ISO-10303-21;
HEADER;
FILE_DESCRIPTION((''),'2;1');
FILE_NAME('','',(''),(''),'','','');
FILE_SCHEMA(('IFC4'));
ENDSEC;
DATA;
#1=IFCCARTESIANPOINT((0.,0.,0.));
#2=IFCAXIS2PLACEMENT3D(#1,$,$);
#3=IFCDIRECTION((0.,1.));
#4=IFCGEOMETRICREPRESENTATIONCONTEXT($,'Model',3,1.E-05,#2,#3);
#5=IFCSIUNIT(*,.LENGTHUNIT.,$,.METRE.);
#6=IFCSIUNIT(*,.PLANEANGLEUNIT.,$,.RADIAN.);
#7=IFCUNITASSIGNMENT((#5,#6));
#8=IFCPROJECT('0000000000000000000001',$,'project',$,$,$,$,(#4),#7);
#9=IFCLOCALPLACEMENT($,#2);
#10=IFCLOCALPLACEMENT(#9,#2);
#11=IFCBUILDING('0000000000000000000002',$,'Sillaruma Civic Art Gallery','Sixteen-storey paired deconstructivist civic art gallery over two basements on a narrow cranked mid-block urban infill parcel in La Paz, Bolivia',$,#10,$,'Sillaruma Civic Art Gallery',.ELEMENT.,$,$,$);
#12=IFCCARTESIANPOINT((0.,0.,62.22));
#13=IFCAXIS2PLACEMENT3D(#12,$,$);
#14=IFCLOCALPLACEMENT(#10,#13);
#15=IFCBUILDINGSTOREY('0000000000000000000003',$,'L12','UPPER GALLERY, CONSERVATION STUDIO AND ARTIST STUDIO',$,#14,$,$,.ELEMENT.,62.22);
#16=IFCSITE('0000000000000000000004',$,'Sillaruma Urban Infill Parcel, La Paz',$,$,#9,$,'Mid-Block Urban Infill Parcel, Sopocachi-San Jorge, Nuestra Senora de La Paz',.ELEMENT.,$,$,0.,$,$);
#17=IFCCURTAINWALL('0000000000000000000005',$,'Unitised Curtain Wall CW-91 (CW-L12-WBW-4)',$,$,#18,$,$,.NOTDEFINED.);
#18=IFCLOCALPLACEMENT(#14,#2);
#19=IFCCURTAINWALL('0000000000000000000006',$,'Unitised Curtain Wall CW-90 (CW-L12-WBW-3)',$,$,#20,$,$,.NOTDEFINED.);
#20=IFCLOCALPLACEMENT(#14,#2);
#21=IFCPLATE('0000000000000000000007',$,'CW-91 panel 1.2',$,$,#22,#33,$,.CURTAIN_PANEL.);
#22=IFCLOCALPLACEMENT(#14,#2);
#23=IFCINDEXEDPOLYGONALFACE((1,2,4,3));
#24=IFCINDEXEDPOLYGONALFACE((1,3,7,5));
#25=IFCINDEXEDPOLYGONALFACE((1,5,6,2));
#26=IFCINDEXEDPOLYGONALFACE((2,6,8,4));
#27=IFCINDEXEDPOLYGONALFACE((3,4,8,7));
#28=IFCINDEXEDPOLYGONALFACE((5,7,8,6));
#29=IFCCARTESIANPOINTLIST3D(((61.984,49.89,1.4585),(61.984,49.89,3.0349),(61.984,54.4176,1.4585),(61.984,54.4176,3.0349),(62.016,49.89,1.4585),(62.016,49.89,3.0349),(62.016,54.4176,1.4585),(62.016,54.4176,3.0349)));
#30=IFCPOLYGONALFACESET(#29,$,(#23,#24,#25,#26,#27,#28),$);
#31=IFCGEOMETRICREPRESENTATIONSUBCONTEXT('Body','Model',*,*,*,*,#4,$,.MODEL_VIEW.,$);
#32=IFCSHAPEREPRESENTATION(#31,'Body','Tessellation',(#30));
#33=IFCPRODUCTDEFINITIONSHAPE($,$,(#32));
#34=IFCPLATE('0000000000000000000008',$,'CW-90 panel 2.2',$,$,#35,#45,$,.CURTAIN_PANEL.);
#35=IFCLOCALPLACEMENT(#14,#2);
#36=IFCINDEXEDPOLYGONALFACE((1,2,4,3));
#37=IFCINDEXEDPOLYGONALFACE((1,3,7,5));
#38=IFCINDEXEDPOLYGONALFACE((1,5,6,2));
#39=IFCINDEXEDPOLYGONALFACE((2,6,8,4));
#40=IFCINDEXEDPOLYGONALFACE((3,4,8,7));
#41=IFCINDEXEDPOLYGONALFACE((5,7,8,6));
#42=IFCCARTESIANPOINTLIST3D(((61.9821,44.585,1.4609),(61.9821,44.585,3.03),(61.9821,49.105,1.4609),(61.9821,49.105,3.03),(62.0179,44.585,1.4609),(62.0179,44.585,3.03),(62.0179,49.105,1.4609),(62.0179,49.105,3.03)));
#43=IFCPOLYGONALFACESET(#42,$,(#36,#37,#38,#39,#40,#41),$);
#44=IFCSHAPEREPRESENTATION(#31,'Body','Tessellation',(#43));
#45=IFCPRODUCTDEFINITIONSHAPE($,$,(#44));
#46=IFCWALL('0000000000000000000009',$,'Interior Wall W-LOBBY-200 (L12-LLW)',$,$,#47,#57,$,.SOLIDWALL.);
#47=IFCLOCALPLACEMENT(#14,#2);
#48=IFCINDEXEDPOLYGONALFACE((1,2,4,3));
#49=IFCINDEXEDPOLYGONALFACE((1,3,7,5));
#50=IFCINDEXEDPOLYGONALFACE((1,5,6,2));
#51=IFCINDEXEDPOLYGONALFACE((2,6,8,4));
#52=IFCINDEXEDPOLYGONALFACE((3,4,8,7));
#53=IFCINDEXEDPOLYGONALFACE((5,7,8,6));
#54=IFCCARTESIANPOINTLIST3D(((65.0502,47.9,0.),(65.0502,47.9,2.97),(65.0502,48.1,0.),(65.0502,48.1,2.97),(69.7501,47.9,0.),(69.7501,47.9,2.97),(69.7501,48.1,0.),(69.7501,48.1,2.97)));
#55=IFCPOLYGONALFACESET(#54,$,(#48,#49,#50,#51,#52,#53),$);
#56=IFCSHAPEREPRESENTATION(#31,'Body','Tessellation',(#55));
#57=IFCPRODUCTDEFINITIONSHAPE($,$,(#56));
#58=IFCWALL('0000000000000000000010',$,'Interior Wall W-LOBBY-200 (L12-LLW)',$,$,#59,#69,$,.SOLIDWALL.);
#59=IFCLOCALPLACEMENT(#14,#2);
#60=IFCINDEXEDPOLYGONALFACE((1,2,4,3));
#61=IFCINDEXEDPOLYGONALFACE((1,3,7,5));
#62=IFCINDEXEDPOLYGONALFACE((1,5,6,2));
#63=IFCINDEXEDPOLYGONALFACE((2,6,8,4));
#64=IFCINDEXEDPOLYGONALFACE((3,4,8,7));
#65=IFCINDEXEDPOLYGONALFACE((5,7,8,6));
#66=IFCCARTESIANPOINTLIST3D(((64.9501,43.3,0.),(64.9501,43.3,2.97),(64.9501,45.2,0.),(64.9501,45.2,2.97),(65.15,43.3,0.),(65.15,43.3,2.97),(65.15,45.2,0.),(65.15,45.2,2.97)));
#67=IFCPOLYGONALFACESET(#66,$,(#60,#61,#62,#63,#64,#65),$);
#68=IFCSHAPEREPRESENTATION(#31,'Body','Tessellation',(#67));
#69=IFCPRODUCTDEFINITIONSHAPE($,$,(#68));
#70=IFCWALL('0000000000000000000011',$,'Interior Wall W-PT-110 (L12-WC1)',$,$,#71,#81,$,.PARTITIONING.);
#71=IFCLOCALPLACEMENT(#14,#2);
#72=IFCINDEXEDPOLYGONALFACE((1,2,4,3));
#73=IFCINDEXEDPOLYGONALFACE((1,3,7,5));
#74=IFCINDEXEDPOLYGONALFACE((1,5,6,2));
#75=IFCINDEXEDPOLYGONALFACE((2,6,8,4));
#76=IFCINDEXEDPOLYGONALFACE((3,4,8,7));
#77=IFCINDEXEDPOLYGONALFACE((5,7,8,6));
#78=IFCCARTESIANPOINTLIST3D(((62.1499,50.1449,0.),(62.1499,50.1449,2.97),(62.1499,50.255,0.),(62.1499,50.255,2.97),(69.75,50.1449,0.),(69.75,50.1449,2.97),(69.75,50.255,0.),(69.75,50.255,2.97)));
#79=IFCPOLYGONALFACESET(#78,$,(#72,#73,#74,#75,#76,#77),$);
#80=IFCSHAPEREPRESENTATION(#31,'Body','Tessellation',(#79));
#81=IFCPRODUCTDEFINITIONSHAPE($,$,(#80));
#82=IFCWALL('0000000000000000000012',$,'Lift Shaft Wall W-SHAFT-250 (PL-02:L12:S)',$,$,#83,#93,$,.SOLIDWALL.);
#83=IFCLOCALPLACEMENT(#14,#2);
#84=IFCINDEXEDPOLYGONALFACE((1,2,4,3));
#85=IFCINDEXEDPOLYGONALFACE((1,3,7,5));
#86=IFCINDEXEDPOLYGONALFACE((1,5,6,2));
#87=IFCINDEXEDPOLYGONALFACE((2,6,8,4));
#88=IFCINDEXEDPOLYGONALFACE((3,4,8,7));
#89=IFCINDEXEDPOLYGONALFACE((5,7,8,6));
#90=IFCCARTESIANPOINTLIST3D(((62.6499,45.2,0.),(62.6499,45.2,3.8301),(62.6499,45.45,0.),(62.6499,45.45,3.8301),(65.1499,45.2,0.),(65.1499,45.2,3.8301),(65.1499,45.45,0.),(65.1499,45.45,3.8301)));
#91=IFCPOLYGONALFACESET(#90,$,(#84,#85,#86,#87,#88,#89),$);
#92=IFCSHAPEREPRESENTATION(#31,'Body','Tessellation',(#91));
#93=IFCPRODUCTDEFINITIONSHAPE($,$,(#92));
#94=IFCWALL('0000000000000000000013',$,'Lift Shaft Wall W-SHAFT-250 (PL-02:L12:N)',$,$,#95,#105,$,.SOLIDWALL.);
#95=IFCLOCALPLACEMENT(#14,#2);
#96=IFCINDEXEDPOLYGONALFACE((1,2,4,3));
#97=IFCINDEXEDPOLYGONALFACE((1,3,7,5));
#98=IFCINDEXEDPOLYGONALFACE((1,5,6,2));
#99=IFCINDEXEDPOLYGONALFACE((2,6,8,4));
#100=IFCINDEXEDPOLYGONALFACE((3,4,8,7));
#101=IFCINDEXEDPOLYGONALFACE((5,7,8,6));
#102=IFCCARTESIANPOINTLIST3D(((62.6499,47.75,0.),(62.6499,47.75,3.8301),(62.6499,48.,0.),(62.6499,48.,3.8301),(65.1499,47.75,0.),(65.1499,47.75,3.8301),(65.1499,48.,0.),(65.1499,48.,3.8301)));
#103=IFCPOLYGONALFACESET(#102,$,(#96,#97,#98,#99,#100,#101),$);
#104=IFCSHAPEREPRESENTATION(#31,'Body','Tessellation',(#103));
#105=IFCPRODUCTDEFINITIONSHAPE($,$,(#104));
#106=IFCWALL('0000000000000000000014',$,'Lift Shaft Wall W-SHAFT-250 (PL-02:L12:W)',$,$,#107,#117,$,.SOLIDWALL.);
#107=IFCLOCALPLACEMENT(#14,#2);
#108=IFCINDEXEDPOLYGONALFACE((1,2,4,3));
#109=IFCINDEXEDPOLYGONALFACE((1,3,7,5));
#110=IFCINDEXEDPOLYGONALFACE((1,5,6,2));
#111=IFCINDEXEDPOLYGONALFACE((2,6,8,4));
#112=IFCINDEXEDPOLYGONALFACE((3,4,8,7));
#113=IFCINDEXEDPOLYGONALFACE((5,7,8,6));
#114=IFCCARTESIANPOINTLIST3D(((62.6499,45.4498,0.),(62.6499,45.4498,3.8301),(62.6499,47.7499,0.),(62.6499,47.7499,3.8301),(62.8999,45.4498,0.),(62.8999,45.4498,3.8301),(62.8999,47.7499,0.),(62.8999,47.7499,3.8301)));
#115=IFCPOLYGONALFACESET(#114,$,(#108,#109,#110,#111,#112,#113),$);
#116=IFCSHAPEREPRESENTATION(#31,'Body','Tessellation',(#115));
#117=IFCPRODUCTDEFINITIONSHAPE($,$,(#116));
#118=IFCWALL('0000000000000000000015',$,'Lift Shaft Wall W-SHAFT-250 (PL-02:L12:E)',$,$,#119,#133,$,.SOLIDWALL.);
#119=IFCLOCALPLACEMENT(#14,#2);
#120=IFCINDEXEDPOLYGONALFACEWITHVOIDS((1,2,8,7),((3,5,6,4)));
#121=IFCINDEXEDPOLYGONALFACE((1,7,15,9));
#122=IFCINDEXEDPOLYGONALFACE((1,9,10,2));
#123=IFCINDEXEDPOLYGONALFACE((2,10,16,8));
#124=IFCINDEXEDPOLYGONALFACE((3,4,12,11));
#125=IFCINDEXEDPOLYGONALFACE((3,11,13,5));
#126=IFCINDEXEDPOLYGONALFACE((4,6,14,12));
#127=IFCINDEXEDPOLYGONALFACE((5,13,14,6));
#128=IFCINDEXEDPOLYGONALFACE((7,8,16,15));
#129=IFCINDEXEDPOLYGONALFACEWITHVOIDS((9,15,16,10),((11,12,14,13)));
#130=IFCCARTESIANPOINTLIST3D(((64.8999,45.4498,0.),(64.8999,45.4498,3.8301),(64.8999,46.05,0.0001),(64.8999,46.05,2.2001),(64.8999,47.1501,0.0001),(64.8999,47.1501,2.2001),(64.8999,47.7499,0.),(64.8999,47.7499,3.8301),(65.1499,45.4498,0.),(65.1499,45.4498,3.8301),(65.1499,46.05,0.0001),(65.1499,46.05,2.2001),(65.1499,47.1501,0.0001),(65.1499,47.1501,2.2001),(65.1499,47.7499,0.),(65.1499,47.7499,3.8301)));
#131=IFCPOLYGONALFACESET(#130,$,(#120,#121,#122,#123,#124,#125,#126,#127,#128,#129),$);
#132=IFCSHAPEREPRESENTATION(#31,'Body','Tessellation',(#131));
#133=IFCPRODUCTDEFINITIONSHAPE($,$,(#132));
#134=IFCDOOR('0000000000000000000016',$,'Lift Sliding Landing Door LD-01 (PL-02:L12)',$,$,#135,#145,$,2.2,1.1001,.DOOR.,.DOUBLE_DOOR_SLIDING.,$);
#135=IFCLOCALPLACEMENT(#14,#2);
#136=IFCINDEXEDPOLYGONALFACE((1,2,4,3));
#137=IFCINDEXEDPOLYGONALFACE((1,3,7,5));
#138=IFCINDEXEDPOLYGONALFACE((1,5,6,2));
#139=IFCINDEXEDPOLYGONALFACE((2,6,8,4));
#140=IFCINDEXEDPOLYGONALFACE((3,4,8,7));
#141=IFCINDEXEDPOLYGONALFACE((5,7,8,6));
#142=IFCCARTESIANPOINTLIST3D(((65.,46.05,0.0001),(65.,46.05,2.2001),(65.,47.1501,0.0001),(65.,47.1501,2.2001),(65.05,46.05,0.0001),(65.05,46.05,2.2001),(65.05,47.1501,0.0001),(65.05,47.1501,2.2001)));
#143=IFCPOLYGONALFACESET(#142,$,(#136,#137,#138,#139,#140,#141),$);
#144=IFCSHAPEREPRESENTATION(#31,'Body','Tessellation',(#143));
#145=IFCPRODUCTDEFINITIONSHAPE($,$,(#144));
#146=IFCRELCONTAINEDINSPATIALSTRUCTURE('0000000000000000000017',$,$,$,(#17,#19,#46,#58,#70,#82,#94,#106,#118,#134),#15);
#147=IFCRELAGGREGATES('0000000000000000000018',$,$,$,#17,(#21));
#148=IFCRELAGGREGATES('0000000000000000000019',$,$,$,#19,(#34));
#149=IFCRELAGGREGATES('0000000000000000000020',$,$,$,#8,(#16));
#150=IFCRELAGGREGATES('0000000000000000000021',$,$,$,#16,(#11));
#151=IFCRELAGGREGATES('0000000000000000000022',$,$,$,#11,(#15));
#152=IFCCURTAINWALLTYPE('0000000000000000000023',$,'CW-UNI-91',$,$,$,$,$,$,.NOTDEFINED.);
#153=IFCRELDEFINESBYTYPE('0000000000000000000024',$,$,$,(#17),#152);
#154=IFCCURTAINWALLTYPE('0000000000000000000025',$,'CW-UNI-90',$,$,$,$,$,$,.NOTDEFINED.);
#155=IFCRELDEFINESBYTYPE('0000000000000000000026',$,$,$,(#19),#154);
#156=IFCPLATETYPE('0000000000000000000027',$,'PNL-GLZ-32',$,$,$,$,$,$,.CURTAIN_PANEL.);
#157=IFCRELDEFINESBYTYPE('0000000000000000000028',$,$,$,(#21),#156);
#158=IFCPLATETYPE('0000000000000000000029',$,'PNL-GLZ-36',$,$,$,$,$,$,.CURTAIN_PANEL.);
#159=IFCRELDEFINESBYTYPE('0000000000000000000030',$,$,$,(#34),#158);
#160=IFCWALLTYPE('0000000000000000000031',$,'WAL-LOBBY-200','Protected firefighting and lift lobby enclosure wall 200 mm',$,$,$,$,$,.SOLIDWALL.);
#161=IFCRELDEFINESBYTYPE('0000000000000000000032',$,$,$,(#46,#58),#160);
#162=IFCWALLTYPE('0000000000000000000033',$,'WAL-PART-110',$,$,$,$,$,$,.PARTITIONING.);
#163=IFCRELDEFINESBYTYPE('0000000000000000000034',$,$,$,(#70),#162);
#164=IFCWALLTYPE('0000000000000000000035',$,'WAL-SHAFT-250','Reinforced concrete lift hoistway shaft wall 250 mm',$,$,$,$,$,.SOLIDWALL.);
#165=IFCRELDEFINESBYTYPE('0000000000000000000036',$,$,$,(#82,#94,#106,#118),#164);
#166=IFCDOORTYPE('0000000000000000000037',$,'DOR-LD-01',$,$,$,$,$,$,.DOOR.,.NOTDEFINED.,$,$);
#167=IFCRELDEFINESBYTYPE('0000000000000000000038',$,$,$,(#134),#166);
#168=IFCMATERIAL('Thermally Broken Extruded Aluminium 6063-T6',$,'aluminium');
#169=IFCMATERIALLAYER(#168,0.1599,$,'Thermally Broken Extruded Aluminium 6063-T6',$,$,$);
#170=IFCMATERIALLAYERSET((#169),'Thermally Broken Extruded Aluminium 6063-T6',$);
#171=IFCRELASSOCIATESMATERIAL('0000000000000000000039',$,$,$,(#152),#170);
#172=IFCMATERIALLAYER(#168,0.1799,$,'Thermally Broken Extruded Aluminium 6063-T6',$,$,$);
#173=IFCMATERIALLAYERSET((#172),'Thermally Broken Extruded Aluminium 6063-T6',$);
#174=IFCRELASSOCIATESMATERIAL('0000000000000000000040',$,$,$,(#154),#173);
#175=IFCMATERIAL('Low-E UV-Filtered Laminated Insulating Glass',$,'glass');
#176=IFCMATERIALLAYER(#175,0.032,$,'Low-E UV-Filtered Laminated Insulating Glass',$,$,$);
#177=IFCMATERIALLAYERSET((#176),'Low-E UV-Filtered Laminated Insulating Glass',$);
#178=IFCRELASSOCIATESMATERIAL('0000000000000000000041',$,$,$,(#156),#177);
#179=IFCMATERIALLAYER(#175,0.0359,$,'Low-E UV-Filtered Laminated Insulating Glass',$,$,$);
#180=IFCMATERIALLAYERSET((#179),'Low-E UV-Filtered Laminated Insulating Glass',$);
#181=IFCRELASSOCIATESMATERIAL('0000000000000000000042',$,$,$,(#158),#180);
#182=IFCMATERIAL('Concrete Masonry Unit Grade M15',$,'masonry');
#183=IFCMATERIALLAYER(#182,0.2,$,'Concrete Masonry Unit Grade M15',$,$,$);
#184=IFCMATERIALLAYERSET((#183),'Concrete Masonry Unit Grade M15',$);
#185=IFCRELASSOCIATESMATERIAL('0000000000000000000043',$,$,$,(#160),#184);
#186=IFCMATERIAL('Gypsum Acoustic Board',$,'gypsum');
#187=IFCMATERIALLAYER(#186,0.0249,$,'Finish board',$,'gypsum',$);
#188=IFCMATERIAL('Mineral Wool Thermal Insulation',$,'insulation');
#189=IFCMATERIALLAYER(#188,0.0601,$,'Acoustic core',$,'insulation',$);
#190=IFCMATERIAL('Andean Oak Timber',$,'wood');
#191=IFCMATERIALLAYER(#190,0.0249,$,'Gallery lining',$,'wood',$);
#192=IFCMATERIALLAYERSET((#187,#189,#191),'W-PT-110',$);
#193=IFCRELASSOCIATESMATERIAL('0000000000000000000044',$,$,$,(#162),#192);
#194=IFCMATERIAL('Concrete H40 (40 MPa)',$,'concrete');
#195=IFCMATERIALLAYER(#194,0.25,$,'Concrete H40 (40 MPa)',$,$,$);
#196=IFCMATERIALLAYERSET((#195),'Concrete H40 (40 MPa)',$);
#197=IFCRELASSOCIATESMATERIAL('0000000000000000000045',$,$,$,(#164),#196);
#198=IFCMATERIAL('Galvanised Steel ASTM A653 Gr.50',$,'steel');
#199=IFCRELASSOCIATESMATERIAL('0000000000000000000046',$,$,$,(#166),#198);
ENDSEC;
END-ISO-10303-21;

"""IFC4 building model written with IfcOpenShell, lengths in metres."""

from ifc_helpers import new_model, si_unit, direction, frame, frame_2d, origin, origin_2d, place, context, subcontext, project, spatial, rectangle, extrude, material, layer, layer_set, type_object, element, fill, aggregate, save


model = new_model("IFC4")

# Units and contexts
model_context = context("Model", 3, precision=1e-05, world=origin(), true_north=direction((0.0, 1.0)))
body_context = subcontext(model_context, "Body", "Model", "MODEL_VIEW")
ifc_project = project(units=[si_unit("LENGTHUNIT", "METRE"), si_unit("PLANEANGLEUNIT", "RADIAN")], contexts=[model_context])

# Site, building, storey
site_placement = place(None, origin())
site = spatial("IfcSite", under=ifc_project, at=site_placement, Name="Sillaruma Urban Infill Parcel, La Paz", LongName="Mid-Block Urban Infill Parcel, Sopocachi-San Jorge, Nuestra Senora de La Paz", CompositionType="ELEMENT", RefElevation=0.0)
building_placement = place(site_placement, origin())
building = spatial("IfcBuilding", under=site, at=building_placement, Name="Sillaruma Civic Art Gallery", Description="Sixteen-storey paired deconstructivist civic art gallery over two basements on a narrow cranked mid-block urban infill parcel in La Paz, Bolivia", LongName="Sillaruma Civic Art Gallery", CompositionType="ELEMENT")
storey_placement = place(building_placement, frame((0.0, 0.0, 62.22)))
storey = spatial("IfcBuildingStorey", under=building, at=storey_placement, Name="L12", Description="UPPER GALLERY, CONSERVATION STUDIO AND ARTIST STUDIO", CompositionType="ELEMENT", Elevation=62.22)

# Shared definitions
ifc_material_1 = material(Name="Concrete H40 (40 MPa)", Category="concrete")

# Curtain wall
ifc_material_2 = material(Name="Thermally Broken Extruded Aluminium 6063-T6", Category="aluminium")
ifc_layer_1 = layer(ifc_material_2, 0.1599, Name="Thermally Broken Extruded Aluminium 6063-T6")
ifc_layer_set_1 = layer_set([ifc_layer_1], Name="Thermally Broken Extruded Aluminium 6063-T6")
curtain_wall_type_1 = type_object("IfcCurtainWallType", Name="CW-UNI-91", PredefinedType="NOTDEFINED", material=ifc_layer_set_1)
curtain_wall_1_placement = place(storey_placement, origin())
curtain_wall_1 = element("IfcCurtainWall", 1, at=curtain_wall_1_placement, inside=storey, type_object=curtain_wall_type_1, Name="Unitised Curtain Wall CW-91 (CW-L12-WBW-4)", PredefinedType="NOTDEFINED")

# Curtain wall
ifc_layer_2 = layer(ifc_material_2, 0.1799, Name="Thermally Broken Extruded Aluminium 6063-T6")
ifc_layer_set_2 = layer_set([ifc_layer_2], Name="Thermally Broken Extruded Aluminium 6063-T6")
curtain_wall_type_2 = type_object("IfcCurtainWallType", Name="CW-UNI-90", PredefinedType="NOTDEFINED", material=ifc_layer_set_2)
curtain_wall_2_placement = place(storey_placement, origin())
curtain_wall_2 = element("IfcCurtainWall", 2, at=curtain_wall_2_placement, inside=storey, type_object=curtain_wall_type_2, Name="Unitised Curtain Wall CW-90 (CW-L12-WBW-3)", PredefinedType="NOTDEFINED")

# Plates
ifc_material_3 = material(Name="Low-E UV-Filtered Laminated Insulating Glass", Category="glass")
ifc_layer_3 = layer(ifc_material_3, 0.032, Name="Low-E UV-Filtered Laminated Insulating Glass")
ifc_layer_set_3 = layer_set([ifc_layer_3], Name="Low-E UV-Filtered Laminated Insulating Glass")
plate_type_1 = type_object("IfcPlateType", Name="PNL-GLZ-32", PredefinedType="CURTAIN_PANEL", material=ifc_layer_set_3)
plate_1_placement = place(storey_placement, frame((62.0, 52.1538, 1.4585), z_axis=(0.0, 0.0, 1.0), x_axis=(0.0, 1.0, 0.0)))
plate_1 = element("IfcPlate", 3, at=plate_1_placement, type_object=plate_type_1, Name="CW-91 panel 1.2", PredefinedType="CURTAIN_PANEL", context=body_context, shape_type="SweptSolid", body=[
    extrude(rectangle(XDim=4.5276, YDim=0.032, at=origin_2d()), origin(), (0.0, 0.0, 1.0), 1.5764),
])
aggregate(curtain_wall_1, [plate_1])
ifc_layer_4 = layer(ifc_material_3, 0.0359, Name="Low-E UV-Filtered Laminated Insulating Glass")
ifc_layer_set_4 = layer_set([ifc_layer_4], Name="Low-E UV-Filtered Laminated Insulating Glass")
plate_type_2 = type_object("IfcPlateType", Name="PNL-GLZ-36", PredefinedType="CURTAIN_PANEL", material=ifc_layer_set_4)
plate_2_placement = place(storey_placement, frame((62.0, 46.845, 1.4609), z_axis=(0.0, 0.0, 1.0), x_axis=(0.0, 1.0, 0.0)))
plate_2 = element("IfcPlate", 4, at=plate_2_placement, type_object=plate_type_2, Name="CW-90 panel 2.2", PredefinedType="CURTAIN_PANEL", context=body_context, shape_type="SweptSolid", body=[
    extrude(rectangle(XDim=4.52, YDim=0.0359, at=origin_2d()), origin(), (0.0, 0.0, 1.0), 1.5691),
])
aggregate(curtain_wall_2, [plate_2])

# Walls
ifc_material_4 = material(Name="Concrete Masonry Unit Grade M15", Category="masonry")
ifc_layer_5 = layer(ifc_material_4, 0.2, Name="Concrete Masonry Unit Grade M15")
ifc_layer_set_5 = layer_set([ifc_layer_5], Name="Concrete Masonry Unit Grade M15")
wall_type_1 = type_object("IfcWallType", Name="WAL-LOBBY-200", Description="Protected firefighting and lift lobby enclosure wall 200 mm", PredefinedType="SOLIDWALL", material=ifc_layer_set_5)
wall_1_placement = place(storey_placement, frame((65.05, 48.0, 0.0), z_axis=(0.0, 0.0, 1.0), x_axis=(1.0, 0.0, 0.0)))
element("IfcWall", 5, at=wall_1_placement, inside=storey, type_object=wall_type_1, Name="Interior Wall W-LOBBY-200 (L12-LLW)", PredefinedType="SOLIDWALL", context=body_context, shape_type="SweptSolid", body=[
    extrude(rectangle(XDim=4.7, YDim=0.2, at=frame_2d((2.3501, 0.0))), origin(), (0.0, 0.0, 1.0), 2.97),
])
wall_2_placement = place(storey_placement, frame((65.05, 43.3, 0.0), z_axis=(0.0, 0.0, 1.0), x_axis=(0.0, 1.0, 0.0)))
element("IfcWall", 6, at=wall_2_placement, inside=storey, type_object=wall_type_1, Name="Interior Wall W-LOBBY-200 (L12-LLW)", PredefinedType="SOLIDWALL", context=body_context, shape_type="SweptSolid", body=[
    extrude(rectangle(XDim=1.8999, YDim=0.2, at=frame_2d((0.95, 0.0))), origin(), (0.0, 0.0, 1.0), 2.97),
])
ifc_material_5 = material(Name="Gypsum Acoustic Board", Category="gypsum")
ifc_layer_6 = layer(ifc_material_5, 0.0249, Name="Finish board", Category="gypsum")
ifc_material_6 = material(Name="Mineral Wool Thermal Insulation", Category="insulation")
ifc_layer_7 = layer(ifc_material_6, 0.0601, Name="Acoustic core", Category="insulation")
ifc_material_7 = material(Name="Andean Oak Timber", Category="wood")
ifc_layer_8 = layer(ifc_material_7, 0.0249, Name="Gallery lining", Category="wood")
ifc_layer_set_6 = layer_set([ifc_layer_6, ifc_layer_7, ifc_layer_8], Name="W-PT-110")
wall_type_2 = type_object("IfcWallType", Name="WAL-PART-110", PredefinedType="PARTITIONING", material=ifc_layer_set_6)
wall_3_placement = place(storey_placement, frame((62.1499, 50.2, 0.0), z_axis=(0.0, 0.0, 1.0), x_axis=(1.0, 0.0, 0.0)))
element("IfcWall", 7, at=wall_3_placement, inside=storey, type_object=wall_type_2, Name="Interior Wall W-PT-110 (L12-WC1)", PredefinedType="PARTITIONING", context=body_context, shape_type="SweptSolid", body=[
    extrude(rectangle(XDim=7.6001, YDim=0.1101, at=frame_2d((3.8, 0.0))), origin(), (0.0, 0.0, 1.0), 2.97),
])
ifc_layer_9 = layer(ifc_material_1, 0.25, Name="Concrete H40 (40 MPa)")
ifc_layer_set_7 = layer_set([ifc_layer_9], Name="Concrete H40 (40 MPa)")
wall_type_3 = type_object("IfcWallType", Name="WAL-SHAFT-250", Description="Reinforced concrete lift hoistway shaft wall 250 mm", PredefinedType="SOLIDWALL", material=ifc_layer_set_7)
for number, where, z_axis, x_axis, name in (
    (8, (62.6499, 45.325, 0.0), (0.0, 0.0, 1.0), (1.0, 0.0, 0.0), "Lift Shaft Wall W-SHAFT-250 (PL-02:L12:S)"),
    (9, (62.6499, 47.875, 0.0), (0.0, 0.0, 1.0), (1.0, 0.0, 0.0), "Lift Shaft Wall W-SHAFT-250 (PL-02:L12:N)"),
):
    element("IfcWall", number, at=place(storey_placement, frame(where, z_axis=z_axis, x_axis=x_axis)), inside=storey, type_object=wall_type_3, Name=name, PredefinedType="SOLIDWALL", context=body_context, shape_type="SweptSolid", body=[
        extrude(rectangle(XDim=2.5, YDim=0.25, at=frame_2d((1.25, 0.0))), origin(), (0.0, 0.0, 1.0), 3.8301),
    ])
wall_4_placement = place(storey_placement, frame((62.7749, 45.45, 0.0), z_axis=(0.0, 0.0, 1.0), x_axis=(0.0, 1.0, 0.0)))
element("IfcWall", 10, at=wall_4_placement, inside=storey, type_object=wall_type_3, Name="Lift Shaft Wall W-SHAFT-250 (PL-02:L12:W)", PredefinedType="SOLIDWALL", context=body_context, shape_type="SweptSolid", body=[
    extrude(rectangle(XDim=2.3, YDim=0.25, at=frame_2d((1.1499, 0.0))), origin(), (0.0, 0.0, 1.0), 3.8301),
])

# Wall, opening, door
wall_5_placement = place(storey_placement, frame((65.0249, 45.45, 0.0), z_axis=(0.0, 0.0, 1.0), x_axis=(0.0, 1.0, 0.0)))
wall_5 = element("IfcWall", 11, at=wall_5_placement, inside=storey, type_object=wall_type_3, Name="Lift Shaft Wall W-SHAFT-250 (PL-02:L12:E)", PredefinedType="SOLIDWALL", context=body_context, shape_type="SweptSolid", body=[
    extrude(rectangle(XDim=2.3, YDim=0.25, at=frame_2d((1.1499, 0.0))), origin(), (0.0, 0.0, 1.0), 3.8301),
])
opening_placement = place(wall_5_placement, frame((0.6001, 0.0, 0.0)))
opening = element("IfcOpeningElement", 12, at=opening_placement, cuts=wall_5, PredefinedType="OPENING", context=body_context, shape_type="SweptSolid", body=[
    extrude(rectangle(XDim=1.1001, YDim=2.2, at=frame_2d((0.55, 1.1001))), frame((0.0, 0.135, 0.0), z_axis=(0.0, -1.0, 0.0), x_axis=(1.0, 0.0, 0.0)), (0.0, 0.0, 1.0), 0.27),
])
ifc_material_8 = material(Name="Galvanised Steel ASTM A653 Gr.50", Category="steel")
door_type = type_object("IfcDoorType", Name="DOR-LD-01", OperationType="NOTDEFINED", PredefinedType="DOOR", material=ifc_material_8)
door_placement = place(opening_placement, origin())
door = element("IfcDoor", 13, at=door_placement, inside=storey, type_object=door_type, Name="Lift Sliding Landing Door LD-01 (PL-02:L12)", OperationType="DOUBLE_DOOR_SLIDING", OverallHeight=2.2, OverallWidth=1.1001, PredefinedType="DOOR", context=body_context, shape_type="SweptSolid", body=[
    extrude(rectangle(XDim=1.1001, YDim=2.2, at=frame_2d((0.55, 1.1001))), frame((0.0, 0.0249, 0.0), z_axis=(0.0, -1.0, 0.0), x_axis=(1.0, 0.0, 0.0)), (0.0, 0.0, 1.0), 0.05),
])
fill(opening, door)

save(model, "model.ifc")
